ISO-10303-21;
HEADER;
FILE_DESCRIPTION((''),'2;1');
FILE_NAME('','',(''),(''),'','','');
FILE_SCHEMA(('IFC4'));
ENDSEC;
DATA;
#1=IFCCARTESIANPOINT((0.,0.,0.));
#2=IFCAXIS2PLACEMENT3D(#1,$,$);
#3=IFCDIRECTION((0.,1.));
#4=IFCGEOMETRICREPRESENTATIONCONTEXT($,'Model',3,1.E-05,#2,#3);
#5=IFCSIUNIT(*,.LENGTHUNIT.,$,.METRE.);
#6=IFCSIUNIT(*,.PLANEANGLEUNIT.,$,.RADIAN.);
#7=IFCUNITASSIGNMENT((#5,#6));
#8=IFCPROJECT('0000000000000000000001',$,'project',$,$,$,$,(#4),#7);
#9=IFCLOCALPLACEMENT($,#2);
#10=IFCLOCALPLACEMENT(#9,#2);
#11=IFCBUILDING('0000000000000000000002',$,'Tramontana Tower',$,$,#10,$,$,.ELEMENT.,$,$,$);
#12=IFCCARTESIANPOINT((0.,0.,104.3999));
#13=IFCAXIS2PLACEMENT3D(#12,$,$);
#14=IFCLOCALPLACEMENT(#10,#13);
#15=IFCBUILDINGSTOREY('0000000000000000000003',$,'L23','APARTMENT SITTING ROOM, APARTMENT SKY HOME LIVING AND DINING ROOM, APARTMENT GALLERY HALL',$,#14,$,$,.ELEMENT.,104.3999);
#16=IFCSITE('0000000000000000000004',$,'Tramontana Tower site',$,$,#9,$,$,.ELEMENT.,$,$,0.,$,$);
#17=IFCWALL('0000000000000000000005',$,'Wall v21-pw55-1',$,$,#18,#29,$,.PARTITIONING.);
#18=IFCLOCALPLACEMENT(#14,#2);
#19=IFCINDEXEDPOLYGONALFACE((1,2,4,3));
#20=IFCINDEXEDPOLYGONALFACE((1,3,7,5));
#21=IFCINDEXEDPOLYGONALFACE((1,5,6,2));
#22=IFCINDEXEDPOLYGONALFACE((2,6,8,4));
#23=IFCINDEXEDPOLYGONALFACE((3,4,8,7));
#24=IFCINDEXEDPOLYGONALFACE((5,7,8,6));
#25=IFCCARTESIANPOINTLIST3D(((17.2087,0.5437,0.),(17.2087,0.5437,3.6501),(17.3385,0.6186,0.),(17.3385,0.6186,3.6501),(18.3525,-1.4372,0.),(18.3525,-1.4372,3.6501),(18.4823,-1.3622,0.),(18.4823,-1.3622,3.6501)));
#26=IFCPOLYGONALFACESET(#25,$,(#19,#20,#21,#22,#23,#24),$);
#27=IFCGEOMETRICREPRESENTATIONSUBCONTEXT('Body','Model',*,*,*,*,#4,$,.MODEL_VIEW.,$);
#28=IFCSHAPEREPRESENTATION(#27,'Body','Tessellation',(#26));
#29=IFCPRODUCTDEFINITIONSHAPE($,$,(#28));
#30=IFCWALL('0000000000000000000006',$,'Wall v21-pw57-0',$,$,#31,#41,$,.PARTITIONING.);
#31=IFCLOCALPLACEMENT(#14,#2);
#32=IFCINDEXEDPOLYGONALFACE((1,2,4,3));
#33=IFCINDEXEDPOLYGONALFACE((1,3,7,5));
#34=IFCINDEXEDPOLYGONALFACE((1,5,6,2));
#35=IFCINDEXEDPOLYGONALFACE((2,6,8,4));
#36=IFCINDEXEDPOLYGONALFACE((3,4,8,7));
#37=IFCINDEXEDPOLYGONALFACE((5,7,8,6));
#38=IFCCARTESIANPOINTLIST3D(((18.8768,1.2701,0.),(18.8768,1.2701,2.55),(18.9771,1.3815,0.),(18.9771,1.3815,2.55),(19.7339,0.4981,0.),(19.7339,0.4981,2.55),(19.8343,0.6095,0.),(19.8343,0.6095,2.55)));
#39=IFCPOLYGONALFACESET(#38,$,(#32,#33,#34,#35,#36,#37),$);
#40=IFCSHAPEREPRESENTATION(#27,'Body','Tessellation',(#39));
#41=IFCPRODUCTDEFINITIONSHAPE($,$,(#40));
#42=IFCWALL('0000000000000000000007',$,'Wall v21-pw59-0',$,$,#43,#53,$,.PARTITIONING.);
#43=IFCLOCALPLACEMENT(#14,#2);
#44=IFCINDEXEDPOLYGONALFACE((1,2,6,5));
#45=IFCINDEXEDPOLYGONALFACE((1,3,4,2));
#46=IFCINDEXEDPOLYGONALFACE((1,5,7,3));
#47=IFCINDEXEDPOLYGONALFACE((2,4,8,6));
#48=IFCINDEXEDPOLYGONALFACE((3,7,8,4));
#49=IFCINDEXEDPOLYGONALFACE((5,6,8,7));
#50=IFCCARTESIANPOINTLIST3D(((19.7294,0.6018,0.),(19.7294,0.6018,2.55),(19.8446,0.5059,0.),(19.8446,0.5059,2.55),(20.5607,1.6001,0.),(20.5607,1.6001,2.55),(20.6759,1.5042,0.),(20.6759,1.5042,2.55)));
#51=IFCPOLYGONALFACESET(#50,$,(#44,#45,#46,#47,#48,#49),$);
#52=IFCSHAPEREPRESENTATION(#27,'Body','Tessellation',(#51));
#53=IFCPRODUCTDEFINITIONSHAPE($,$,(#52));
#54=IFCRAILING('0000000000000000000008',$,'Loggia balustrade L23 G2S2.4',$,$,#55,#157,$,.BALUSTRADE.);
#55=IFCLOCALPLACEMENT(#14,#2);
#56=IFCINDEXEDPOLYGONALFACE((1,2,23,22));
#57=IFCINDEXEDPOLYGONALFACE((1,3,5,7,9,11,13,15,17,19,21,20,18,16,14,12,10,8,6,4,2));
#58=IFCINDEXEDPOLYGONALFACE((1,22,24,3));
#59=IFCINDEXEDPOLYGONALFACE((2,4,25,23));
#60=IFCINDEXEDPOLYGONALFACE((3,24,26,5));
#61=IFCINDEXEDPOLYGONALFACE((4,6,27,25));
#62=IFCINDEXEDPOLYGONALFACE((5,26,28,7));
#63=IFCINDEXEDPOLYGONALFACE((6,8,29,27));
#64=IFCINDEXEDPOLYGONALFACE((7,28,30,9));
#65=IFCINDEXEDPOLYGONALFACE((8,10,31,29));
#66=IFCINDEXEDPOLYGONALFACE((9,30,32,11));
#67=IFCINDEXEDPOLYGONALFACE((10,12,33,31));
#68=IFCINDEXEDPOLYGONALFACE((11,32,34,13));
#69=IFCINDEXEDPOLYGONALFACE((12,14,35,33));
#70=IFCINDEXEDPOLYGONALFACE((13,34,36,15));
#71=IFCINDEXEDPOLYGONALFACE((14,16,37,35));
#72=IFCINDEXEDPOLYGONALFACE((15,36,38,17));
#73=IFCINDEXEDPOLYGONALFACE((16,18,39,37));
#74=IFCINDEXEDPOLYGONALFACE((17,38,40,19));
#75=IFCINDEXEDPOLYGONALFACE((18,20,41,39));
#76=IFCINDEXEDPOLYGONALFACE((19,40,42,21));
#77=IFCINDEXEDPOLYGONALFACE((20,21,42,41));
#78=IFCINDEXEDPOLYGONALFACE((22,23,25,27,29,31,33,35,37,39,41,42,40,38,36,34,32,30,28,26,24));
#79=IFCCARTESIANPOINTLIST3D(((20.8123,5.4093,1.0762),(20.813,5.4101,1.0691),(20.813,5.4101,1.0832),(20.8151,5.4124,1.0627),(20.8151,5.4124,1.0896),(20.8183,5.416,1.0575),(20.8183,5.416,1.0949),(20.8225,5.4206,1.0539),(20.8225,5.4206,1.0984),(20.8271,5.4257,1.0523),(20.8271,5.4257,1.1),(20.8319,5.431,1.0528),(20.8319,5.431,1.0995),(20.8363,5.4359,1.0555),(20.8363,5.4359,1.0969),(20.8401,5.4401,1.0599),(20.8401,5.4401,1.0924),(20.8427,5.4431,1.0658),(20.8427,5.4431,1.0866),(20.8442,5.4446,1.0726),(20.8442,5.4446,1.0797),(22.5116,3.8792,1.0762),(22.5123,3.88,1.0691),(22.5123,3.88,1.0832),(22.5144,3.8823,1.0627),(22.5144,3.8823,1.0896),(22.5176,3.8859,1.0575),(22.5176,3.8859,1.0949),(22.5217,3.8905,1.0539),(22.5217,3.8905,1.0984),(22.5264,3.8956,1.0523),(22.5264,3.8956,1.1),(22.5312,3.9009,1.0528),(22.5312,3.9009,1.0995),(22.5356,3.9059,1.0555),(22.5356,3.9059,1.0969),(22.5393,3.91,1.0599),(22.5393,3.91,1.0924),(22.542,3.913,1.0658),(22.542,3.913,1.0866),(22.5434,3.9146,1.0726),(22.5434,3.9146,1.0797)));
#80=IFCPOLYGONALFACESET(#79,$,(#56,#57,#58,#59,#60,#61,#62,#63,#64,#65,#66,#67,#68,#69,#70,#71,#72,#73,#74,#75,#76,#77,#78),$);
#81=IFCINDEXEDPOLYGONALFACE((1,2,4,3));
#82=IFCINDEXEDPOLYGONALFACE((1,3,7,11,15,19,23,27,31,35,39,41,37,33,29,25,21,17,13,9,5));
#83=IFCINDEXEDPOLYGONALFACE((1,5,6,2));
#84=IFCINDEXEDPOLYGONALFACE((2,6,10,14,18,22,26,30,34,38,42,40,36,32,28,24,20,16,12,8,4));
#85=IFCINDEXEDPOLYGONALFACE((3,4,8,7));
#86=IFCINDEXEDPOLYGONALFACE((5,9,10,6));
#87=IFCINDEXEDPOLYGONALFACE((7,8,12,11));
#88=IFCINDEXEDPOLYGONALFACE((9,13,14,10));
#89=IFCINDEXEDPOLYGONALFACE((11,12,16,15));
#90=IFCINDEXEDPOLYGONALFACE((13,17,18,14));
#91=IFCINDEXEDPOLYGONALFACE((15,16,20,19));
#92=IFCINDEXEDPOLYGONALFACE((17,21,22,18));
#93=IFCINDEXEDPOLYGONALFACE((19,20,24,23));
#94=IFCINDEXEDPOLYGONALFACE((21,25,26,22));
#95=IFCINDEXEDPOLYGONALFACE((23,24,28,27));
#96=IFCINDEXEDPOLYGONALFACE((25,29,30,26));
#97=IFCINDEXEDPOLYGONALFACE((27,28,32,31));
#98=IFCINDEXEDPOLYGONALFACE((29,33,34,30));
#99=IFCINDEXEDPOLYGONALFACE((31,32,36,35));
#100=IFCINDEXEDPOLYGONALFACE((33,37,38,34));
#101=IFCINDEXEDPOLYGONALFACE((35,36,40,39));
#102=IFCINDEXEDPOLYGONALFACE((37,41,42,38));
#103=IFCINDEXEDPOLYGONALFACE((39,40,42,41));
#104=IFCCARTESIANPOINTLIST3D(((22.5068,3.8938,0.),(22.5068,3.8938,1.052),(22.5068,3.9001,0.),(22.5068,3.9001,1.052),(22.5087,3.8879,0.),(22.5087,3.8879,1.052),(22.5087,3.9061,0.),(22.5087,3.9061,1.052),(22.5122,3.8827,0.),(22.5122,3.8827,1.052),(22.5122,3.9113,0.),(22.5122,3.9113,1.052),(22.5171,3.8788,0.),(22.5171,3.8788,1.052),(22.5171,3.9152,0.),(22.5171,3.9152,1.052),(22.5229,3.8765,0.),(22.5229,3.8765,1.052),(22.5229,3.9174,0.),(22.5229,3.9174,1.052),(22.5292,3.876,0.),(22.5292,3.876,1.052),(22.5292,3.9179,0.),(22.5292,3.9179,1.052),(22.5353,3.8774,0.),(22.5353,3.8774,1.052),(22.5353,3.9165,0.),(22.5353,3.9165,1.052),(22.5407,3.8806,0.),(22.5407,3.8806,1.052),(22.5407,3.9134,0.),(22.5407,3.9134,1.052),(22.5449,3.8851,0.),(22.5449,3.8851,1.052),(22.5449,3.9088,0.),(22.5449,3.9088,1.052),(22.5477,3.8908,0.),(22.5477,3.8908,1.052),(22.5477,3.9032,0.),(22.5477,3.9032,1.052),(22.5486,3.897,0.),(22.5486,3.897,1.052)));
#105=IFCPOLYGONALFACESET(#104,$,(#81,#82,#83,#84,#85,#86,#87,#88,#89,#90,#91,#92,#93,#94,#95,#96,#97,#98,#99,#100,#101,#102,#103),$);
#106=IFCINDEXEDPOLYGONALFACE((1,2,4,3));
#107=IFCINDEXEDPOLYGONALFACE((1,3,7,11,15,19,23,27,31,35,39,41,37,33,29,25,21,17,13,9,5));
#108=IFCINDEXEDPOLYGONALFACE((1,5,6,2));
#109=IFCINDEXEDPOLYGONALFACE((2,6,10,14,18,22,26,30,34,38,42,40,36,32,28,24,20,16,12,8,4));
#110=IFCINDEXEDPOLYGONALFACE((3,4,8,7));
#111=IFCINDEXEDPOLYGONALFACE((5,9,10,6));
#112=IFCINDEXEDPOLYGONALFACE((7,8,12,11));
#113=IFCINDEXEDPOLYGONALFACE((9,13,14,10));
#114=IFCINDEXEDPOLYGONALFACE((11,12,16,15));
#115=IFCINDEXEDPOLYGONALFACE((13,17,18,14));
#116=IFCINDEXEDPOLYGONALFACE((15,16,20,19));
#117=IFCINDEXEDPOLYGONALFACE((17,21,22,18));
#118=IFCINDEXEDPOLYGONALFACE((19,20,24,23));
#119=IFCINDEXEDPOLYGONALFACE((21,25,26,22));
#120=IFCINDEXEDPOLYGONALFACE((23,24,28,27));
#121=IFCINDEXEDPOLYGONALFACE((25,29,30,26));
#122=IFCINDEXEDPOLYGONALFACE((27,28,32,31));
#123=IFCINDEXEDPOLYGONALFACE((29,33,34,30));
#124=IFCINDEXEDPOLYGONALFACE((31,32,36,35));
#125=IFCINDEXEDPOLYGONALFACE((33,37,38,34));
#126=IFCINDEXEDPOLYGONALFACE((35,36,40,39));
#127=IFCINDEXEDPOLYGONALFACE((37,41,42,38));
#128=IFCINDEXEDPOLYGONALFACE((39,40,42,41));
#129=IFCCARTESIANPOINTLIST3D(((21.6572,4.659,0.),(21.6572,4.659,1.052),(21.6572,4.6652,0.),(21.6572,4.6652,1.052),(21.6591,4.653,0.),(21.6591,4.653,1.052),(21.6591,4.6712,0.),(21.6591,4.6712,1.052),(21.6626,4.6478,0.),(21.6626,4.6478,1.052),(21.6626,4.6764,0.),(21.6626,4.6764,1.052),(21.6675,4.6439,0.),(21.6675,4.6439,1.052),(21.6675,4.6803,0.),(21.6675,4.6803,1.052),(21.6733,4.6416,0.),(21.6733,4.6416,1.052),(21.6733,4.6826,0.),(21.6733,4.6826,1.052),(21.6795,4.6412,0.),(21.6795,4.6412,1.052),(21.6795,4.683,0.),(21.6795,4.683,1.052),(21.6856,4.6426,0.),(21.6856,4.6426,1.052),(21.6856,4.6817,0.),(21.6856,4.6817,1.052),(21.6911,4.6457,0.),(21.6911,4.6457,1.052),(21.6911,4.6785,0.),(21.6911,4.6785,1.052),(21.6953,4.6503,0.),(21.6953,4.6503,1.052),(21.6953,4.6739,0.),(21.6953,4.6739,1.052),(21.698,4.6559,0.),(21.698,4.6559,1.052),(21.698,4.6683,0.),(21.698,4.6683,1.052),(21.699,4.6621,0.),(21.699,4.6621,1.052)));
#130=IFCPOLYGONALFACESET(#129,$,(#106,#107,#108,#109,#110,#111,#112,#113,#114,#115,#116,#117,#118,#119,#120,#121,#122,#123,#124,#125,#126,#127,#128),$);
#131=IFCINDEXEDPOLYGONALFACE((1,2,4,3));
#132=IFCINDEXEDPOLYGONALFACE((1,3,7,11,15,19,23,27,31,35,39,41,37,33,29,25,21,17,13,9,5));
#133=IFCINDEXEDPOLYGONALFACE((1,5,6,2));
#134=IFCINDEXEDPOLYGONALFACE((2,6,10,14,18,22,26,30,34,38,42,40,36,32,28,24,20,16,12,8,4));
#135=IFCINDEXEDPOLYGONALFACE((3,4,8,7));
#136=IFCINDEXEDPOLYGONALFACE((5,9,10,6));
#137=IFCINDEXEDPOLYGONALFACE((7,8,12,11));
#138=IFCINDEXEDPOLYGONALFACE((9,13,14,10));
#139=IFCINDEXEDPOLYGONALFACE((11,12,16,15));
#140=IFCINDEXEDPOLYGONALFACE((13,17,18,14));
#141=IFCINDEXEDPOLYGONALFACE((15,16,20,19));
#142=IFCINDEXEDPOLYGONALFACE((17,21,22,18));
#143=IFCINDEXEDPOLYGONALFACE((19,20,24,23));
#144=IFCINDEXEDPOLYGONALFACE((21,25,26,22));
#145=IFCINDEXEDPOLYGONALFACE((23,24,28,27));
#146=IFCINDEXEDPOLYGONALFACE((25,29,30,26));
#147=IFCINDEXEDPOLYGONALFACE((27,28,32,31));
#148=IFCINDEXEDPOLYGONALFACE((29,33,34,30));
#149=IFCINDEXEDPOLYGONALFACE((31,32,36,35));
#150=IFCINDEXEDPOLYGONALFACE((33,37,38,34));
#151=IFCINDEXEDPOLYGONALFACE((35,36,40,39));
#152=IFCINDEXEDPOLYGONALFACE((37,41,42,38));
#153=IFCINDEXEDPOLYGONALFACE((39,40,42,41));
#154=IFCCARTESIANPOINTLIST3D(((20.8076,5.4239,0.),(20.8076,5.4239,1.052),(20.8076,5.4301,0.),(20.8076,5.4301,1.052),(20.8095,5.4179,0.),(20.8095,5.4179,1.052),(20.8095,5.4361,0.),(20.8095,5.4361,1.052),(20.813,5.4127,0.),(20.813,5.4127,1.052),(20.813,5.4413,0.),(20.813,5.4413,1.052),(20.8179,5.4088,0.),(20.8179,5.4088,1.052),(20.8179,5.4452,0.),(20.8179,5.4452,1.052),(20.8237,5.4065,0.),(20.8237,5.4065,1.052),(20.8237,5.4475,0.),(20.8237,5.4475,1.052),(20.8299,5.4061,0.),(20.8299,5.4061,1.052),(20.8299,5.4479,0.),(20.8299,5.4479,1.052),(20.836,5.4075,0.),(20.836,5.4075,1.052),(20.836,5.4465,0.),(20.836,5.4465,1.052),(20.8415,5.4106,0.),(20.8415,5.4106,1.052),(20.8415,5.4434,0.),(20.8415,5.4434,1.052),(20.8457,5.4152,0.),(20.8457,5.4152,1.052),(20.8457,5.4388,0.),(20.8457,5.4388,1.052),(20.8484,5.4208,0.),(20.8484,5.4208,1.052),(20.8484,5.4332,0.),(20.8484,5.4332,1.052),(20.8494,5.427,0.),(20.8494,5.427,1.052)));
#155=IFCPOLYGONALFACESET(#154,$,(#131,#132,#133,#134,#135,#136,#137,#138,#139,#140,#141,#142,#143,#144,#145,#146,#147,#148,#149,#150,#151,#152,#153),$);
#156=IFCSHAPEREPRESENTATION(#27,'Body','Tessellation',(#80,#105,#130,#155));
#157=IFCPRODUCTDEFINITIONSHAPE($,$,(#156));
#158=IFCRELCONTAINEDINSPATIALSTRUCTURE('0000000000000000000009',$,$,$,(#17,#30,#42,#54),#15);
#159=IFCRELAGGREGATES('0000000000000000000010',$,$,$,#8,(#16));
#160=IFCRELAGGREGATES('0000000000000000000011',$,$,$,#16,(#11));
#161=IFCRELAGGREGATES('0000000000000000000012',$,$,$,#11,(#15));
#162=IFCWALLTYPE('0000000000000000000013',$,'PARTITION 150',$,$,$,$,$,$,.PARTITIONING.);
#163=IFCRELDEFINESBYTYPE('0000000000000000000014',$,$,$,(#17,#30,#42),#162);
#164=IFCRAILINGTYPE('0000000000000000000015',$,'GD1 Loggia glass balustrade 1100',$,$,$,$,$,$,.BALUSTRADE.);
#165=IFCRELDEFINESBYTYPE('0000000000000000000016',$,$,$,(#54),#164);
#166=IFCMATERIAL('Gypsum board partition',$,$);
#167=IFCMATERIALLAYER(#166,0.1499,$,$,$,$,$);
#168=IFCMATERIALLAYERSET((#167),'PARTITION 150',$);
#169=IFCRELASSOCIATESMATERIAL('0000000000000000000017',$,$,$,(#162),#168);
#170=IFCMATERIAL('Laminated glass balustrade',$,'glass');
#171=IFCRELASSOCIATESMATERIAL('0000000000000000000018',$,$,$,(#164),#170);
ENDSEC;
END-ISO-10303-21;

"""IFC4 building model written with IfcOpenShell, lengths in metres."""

from ifc_helpers import new_model, si_unit, direction, frame, frame_2d, origin, origin_2d, place, context, subcontext, project, spatial, rectangle, circle, extrude, material, layer, layer_set, type_object, element, save


model = new_model("IFC4")

# Units and contexts
model_context = context("Model", 3, precision=1e-05, world=origin(), true_north=direction((0.0, 1.0)))
body_context = subcontext(model_context, "Body", "Model", "MODEL_VIEW")
ifc_project = project(units=[si_unit("LENGTHUNIT", "METRE"), si_unit("PLANEANGLEUNIT", "RADIAN")], contexts=[model_context])

# Site, building, storey
site_placement = place(None, origin())
site = spatial("IfcSite", under=ifc_project, at=site_placement, Name="Tramontana Tower site", CompositionType="ELEMENT", RefElevation=0.0)
building_placement = place(site_placement, origin())
building = spatial("IfcBuilding", under=site, at=building_placement, Name="Tramontana Tower", CompositionType="ELEMENT")
storey_placement = place(building_placement, frame((0.0, 0.0, 104.3999)))
storey = spatial("IfcBuildingStorey", under=building, at=storey_placement, Name="L23", Description="APARTMENT SITTING ROOM, APARTMENT SKY HOME LIVING AND DINING ROOM, APARTMENT GALLERY HALL", CompositionType="ELEMENT", Elevation=104.3999)

# Shared definitions
ifc_material_1 = material(Name="Gypsum board partition")
ifc_layer_1 = layer(ifc_material_1, 0.1499)
ifc_layer_set_1 = layer_set([ifc_layer_1], Name="PARTITION 150")
wall_type_1 = type_object("IfcWallType", Name="PARTITION 150", PredefinedType="PARTITIONING", material=ifc_layer_set_1)

# Walls
wall_1_placement = place(storey_placement, frame((17.2737, 0.5811, 0.0), z_axis=(0.0, 0.0, 1.0), x_axis=(0.50003, -0.866008, 0.0)))
element("IfcWall", 1, at=wall_1_placement, inside=storey, type_object=wall_type_1, Name="Wall v21-pw55-1", PredefinedType="PARTITIONING", context=body_context, shape_type="SweptSolid", body=[
    extrude(rectangle(XDim=2.2874, YDim=0.1499, at=frame_2d((1.1436, 0.0))), origin(), (0.0, 0.0, 1.0), 3.6501),
])
wall_2_placement = place(storey_placement, frame((18.927, 1.3257, 0.0), z_axis=(0.0, 0.0, 1.0), x_axis=(0.743073, -0.66921, 0.0)))
element("IfcWall", 2, at=wall_2_placement, inside=storey, type_object=wall_type_1, Name="Wall v21-pw57-0", PredefinedType="PARTITIONING", context=body_context, shape_type="SweptSolid", body=[
    extrude(rectangle(XDim=1.1536, YDim=0.1499, at=frame_2d((0.5767, 0.0))), origin(), (0.0, 0.0, 1.0), 2.55),
])
wall_3_placement = place(storey_placement, frame((19.7871, 0.554, 0.0), z_axis=(0.0, 0.0, 1.0), x_axis=(0.639907, 0.768452, 0.0)))
element("IfcWall", 3, at=wall_3_placement, inside=storey, type_object=wall_type_1, Name="Wall v21-pw59-0", PredefinedType="PARTITIONING", context=body_context, shape_type="SweptSolid", body=[
    extrude(rectangle(XDim=1.2991, YDim=0.1499, at=frame_2d((0.6494, 0.0))), origin(), (0.0, 0.0, 1.0), 2.55),
])

# Railing
ifc_material_2 = material(Name="Laminated glass balustrade", Category="glass")
railing_type = type_object("IfcRailingType", Name="GD1 Loggia glass balustrade 1100", PredefinedType="BALUSTRADE", material=ifc_material_2)
for number, where, name in (
    (4, (22.5276, 3.897, 0.0), "Loggia balustrade L23 G2S2.4"),
):
    element("IfcRailing", number, at=place(storey_placement, frame(where)), inside=storey, type_object=railing_type, Name=name, PredefinedType="BALUSTRADE", context=body_context, shape_type="SweptSolid", body=[
        extrude(circle(Radius=0.0239, at=origin_2d()), frame((0.0, 0.0, 1.0762), z_axis=(-0.743135, 0.669142, 0.0), x_axis=(-0.669142, -0.743135, 0.0)), (0.0, 0.0, 1.0), 2.2866),
        extrude(circle(Radius=0.021, at=origin_2d()), origin(), (0.0, 0.0, 1.0), 1.052),
        extrude(circle(Radius=0.021, at=origin_2d()), frame((-0.8496, 0.7651, 0.0)), (0.0, 0.0, 1.0), 1.052),
        extrude(circle(Radius=0.021, at=origin_2d()), frame((-1.6992, 1.53, 0.0)), (0.0, 0.0, 1.0), 1.052),
    ])

save(model, "model.ifc")
